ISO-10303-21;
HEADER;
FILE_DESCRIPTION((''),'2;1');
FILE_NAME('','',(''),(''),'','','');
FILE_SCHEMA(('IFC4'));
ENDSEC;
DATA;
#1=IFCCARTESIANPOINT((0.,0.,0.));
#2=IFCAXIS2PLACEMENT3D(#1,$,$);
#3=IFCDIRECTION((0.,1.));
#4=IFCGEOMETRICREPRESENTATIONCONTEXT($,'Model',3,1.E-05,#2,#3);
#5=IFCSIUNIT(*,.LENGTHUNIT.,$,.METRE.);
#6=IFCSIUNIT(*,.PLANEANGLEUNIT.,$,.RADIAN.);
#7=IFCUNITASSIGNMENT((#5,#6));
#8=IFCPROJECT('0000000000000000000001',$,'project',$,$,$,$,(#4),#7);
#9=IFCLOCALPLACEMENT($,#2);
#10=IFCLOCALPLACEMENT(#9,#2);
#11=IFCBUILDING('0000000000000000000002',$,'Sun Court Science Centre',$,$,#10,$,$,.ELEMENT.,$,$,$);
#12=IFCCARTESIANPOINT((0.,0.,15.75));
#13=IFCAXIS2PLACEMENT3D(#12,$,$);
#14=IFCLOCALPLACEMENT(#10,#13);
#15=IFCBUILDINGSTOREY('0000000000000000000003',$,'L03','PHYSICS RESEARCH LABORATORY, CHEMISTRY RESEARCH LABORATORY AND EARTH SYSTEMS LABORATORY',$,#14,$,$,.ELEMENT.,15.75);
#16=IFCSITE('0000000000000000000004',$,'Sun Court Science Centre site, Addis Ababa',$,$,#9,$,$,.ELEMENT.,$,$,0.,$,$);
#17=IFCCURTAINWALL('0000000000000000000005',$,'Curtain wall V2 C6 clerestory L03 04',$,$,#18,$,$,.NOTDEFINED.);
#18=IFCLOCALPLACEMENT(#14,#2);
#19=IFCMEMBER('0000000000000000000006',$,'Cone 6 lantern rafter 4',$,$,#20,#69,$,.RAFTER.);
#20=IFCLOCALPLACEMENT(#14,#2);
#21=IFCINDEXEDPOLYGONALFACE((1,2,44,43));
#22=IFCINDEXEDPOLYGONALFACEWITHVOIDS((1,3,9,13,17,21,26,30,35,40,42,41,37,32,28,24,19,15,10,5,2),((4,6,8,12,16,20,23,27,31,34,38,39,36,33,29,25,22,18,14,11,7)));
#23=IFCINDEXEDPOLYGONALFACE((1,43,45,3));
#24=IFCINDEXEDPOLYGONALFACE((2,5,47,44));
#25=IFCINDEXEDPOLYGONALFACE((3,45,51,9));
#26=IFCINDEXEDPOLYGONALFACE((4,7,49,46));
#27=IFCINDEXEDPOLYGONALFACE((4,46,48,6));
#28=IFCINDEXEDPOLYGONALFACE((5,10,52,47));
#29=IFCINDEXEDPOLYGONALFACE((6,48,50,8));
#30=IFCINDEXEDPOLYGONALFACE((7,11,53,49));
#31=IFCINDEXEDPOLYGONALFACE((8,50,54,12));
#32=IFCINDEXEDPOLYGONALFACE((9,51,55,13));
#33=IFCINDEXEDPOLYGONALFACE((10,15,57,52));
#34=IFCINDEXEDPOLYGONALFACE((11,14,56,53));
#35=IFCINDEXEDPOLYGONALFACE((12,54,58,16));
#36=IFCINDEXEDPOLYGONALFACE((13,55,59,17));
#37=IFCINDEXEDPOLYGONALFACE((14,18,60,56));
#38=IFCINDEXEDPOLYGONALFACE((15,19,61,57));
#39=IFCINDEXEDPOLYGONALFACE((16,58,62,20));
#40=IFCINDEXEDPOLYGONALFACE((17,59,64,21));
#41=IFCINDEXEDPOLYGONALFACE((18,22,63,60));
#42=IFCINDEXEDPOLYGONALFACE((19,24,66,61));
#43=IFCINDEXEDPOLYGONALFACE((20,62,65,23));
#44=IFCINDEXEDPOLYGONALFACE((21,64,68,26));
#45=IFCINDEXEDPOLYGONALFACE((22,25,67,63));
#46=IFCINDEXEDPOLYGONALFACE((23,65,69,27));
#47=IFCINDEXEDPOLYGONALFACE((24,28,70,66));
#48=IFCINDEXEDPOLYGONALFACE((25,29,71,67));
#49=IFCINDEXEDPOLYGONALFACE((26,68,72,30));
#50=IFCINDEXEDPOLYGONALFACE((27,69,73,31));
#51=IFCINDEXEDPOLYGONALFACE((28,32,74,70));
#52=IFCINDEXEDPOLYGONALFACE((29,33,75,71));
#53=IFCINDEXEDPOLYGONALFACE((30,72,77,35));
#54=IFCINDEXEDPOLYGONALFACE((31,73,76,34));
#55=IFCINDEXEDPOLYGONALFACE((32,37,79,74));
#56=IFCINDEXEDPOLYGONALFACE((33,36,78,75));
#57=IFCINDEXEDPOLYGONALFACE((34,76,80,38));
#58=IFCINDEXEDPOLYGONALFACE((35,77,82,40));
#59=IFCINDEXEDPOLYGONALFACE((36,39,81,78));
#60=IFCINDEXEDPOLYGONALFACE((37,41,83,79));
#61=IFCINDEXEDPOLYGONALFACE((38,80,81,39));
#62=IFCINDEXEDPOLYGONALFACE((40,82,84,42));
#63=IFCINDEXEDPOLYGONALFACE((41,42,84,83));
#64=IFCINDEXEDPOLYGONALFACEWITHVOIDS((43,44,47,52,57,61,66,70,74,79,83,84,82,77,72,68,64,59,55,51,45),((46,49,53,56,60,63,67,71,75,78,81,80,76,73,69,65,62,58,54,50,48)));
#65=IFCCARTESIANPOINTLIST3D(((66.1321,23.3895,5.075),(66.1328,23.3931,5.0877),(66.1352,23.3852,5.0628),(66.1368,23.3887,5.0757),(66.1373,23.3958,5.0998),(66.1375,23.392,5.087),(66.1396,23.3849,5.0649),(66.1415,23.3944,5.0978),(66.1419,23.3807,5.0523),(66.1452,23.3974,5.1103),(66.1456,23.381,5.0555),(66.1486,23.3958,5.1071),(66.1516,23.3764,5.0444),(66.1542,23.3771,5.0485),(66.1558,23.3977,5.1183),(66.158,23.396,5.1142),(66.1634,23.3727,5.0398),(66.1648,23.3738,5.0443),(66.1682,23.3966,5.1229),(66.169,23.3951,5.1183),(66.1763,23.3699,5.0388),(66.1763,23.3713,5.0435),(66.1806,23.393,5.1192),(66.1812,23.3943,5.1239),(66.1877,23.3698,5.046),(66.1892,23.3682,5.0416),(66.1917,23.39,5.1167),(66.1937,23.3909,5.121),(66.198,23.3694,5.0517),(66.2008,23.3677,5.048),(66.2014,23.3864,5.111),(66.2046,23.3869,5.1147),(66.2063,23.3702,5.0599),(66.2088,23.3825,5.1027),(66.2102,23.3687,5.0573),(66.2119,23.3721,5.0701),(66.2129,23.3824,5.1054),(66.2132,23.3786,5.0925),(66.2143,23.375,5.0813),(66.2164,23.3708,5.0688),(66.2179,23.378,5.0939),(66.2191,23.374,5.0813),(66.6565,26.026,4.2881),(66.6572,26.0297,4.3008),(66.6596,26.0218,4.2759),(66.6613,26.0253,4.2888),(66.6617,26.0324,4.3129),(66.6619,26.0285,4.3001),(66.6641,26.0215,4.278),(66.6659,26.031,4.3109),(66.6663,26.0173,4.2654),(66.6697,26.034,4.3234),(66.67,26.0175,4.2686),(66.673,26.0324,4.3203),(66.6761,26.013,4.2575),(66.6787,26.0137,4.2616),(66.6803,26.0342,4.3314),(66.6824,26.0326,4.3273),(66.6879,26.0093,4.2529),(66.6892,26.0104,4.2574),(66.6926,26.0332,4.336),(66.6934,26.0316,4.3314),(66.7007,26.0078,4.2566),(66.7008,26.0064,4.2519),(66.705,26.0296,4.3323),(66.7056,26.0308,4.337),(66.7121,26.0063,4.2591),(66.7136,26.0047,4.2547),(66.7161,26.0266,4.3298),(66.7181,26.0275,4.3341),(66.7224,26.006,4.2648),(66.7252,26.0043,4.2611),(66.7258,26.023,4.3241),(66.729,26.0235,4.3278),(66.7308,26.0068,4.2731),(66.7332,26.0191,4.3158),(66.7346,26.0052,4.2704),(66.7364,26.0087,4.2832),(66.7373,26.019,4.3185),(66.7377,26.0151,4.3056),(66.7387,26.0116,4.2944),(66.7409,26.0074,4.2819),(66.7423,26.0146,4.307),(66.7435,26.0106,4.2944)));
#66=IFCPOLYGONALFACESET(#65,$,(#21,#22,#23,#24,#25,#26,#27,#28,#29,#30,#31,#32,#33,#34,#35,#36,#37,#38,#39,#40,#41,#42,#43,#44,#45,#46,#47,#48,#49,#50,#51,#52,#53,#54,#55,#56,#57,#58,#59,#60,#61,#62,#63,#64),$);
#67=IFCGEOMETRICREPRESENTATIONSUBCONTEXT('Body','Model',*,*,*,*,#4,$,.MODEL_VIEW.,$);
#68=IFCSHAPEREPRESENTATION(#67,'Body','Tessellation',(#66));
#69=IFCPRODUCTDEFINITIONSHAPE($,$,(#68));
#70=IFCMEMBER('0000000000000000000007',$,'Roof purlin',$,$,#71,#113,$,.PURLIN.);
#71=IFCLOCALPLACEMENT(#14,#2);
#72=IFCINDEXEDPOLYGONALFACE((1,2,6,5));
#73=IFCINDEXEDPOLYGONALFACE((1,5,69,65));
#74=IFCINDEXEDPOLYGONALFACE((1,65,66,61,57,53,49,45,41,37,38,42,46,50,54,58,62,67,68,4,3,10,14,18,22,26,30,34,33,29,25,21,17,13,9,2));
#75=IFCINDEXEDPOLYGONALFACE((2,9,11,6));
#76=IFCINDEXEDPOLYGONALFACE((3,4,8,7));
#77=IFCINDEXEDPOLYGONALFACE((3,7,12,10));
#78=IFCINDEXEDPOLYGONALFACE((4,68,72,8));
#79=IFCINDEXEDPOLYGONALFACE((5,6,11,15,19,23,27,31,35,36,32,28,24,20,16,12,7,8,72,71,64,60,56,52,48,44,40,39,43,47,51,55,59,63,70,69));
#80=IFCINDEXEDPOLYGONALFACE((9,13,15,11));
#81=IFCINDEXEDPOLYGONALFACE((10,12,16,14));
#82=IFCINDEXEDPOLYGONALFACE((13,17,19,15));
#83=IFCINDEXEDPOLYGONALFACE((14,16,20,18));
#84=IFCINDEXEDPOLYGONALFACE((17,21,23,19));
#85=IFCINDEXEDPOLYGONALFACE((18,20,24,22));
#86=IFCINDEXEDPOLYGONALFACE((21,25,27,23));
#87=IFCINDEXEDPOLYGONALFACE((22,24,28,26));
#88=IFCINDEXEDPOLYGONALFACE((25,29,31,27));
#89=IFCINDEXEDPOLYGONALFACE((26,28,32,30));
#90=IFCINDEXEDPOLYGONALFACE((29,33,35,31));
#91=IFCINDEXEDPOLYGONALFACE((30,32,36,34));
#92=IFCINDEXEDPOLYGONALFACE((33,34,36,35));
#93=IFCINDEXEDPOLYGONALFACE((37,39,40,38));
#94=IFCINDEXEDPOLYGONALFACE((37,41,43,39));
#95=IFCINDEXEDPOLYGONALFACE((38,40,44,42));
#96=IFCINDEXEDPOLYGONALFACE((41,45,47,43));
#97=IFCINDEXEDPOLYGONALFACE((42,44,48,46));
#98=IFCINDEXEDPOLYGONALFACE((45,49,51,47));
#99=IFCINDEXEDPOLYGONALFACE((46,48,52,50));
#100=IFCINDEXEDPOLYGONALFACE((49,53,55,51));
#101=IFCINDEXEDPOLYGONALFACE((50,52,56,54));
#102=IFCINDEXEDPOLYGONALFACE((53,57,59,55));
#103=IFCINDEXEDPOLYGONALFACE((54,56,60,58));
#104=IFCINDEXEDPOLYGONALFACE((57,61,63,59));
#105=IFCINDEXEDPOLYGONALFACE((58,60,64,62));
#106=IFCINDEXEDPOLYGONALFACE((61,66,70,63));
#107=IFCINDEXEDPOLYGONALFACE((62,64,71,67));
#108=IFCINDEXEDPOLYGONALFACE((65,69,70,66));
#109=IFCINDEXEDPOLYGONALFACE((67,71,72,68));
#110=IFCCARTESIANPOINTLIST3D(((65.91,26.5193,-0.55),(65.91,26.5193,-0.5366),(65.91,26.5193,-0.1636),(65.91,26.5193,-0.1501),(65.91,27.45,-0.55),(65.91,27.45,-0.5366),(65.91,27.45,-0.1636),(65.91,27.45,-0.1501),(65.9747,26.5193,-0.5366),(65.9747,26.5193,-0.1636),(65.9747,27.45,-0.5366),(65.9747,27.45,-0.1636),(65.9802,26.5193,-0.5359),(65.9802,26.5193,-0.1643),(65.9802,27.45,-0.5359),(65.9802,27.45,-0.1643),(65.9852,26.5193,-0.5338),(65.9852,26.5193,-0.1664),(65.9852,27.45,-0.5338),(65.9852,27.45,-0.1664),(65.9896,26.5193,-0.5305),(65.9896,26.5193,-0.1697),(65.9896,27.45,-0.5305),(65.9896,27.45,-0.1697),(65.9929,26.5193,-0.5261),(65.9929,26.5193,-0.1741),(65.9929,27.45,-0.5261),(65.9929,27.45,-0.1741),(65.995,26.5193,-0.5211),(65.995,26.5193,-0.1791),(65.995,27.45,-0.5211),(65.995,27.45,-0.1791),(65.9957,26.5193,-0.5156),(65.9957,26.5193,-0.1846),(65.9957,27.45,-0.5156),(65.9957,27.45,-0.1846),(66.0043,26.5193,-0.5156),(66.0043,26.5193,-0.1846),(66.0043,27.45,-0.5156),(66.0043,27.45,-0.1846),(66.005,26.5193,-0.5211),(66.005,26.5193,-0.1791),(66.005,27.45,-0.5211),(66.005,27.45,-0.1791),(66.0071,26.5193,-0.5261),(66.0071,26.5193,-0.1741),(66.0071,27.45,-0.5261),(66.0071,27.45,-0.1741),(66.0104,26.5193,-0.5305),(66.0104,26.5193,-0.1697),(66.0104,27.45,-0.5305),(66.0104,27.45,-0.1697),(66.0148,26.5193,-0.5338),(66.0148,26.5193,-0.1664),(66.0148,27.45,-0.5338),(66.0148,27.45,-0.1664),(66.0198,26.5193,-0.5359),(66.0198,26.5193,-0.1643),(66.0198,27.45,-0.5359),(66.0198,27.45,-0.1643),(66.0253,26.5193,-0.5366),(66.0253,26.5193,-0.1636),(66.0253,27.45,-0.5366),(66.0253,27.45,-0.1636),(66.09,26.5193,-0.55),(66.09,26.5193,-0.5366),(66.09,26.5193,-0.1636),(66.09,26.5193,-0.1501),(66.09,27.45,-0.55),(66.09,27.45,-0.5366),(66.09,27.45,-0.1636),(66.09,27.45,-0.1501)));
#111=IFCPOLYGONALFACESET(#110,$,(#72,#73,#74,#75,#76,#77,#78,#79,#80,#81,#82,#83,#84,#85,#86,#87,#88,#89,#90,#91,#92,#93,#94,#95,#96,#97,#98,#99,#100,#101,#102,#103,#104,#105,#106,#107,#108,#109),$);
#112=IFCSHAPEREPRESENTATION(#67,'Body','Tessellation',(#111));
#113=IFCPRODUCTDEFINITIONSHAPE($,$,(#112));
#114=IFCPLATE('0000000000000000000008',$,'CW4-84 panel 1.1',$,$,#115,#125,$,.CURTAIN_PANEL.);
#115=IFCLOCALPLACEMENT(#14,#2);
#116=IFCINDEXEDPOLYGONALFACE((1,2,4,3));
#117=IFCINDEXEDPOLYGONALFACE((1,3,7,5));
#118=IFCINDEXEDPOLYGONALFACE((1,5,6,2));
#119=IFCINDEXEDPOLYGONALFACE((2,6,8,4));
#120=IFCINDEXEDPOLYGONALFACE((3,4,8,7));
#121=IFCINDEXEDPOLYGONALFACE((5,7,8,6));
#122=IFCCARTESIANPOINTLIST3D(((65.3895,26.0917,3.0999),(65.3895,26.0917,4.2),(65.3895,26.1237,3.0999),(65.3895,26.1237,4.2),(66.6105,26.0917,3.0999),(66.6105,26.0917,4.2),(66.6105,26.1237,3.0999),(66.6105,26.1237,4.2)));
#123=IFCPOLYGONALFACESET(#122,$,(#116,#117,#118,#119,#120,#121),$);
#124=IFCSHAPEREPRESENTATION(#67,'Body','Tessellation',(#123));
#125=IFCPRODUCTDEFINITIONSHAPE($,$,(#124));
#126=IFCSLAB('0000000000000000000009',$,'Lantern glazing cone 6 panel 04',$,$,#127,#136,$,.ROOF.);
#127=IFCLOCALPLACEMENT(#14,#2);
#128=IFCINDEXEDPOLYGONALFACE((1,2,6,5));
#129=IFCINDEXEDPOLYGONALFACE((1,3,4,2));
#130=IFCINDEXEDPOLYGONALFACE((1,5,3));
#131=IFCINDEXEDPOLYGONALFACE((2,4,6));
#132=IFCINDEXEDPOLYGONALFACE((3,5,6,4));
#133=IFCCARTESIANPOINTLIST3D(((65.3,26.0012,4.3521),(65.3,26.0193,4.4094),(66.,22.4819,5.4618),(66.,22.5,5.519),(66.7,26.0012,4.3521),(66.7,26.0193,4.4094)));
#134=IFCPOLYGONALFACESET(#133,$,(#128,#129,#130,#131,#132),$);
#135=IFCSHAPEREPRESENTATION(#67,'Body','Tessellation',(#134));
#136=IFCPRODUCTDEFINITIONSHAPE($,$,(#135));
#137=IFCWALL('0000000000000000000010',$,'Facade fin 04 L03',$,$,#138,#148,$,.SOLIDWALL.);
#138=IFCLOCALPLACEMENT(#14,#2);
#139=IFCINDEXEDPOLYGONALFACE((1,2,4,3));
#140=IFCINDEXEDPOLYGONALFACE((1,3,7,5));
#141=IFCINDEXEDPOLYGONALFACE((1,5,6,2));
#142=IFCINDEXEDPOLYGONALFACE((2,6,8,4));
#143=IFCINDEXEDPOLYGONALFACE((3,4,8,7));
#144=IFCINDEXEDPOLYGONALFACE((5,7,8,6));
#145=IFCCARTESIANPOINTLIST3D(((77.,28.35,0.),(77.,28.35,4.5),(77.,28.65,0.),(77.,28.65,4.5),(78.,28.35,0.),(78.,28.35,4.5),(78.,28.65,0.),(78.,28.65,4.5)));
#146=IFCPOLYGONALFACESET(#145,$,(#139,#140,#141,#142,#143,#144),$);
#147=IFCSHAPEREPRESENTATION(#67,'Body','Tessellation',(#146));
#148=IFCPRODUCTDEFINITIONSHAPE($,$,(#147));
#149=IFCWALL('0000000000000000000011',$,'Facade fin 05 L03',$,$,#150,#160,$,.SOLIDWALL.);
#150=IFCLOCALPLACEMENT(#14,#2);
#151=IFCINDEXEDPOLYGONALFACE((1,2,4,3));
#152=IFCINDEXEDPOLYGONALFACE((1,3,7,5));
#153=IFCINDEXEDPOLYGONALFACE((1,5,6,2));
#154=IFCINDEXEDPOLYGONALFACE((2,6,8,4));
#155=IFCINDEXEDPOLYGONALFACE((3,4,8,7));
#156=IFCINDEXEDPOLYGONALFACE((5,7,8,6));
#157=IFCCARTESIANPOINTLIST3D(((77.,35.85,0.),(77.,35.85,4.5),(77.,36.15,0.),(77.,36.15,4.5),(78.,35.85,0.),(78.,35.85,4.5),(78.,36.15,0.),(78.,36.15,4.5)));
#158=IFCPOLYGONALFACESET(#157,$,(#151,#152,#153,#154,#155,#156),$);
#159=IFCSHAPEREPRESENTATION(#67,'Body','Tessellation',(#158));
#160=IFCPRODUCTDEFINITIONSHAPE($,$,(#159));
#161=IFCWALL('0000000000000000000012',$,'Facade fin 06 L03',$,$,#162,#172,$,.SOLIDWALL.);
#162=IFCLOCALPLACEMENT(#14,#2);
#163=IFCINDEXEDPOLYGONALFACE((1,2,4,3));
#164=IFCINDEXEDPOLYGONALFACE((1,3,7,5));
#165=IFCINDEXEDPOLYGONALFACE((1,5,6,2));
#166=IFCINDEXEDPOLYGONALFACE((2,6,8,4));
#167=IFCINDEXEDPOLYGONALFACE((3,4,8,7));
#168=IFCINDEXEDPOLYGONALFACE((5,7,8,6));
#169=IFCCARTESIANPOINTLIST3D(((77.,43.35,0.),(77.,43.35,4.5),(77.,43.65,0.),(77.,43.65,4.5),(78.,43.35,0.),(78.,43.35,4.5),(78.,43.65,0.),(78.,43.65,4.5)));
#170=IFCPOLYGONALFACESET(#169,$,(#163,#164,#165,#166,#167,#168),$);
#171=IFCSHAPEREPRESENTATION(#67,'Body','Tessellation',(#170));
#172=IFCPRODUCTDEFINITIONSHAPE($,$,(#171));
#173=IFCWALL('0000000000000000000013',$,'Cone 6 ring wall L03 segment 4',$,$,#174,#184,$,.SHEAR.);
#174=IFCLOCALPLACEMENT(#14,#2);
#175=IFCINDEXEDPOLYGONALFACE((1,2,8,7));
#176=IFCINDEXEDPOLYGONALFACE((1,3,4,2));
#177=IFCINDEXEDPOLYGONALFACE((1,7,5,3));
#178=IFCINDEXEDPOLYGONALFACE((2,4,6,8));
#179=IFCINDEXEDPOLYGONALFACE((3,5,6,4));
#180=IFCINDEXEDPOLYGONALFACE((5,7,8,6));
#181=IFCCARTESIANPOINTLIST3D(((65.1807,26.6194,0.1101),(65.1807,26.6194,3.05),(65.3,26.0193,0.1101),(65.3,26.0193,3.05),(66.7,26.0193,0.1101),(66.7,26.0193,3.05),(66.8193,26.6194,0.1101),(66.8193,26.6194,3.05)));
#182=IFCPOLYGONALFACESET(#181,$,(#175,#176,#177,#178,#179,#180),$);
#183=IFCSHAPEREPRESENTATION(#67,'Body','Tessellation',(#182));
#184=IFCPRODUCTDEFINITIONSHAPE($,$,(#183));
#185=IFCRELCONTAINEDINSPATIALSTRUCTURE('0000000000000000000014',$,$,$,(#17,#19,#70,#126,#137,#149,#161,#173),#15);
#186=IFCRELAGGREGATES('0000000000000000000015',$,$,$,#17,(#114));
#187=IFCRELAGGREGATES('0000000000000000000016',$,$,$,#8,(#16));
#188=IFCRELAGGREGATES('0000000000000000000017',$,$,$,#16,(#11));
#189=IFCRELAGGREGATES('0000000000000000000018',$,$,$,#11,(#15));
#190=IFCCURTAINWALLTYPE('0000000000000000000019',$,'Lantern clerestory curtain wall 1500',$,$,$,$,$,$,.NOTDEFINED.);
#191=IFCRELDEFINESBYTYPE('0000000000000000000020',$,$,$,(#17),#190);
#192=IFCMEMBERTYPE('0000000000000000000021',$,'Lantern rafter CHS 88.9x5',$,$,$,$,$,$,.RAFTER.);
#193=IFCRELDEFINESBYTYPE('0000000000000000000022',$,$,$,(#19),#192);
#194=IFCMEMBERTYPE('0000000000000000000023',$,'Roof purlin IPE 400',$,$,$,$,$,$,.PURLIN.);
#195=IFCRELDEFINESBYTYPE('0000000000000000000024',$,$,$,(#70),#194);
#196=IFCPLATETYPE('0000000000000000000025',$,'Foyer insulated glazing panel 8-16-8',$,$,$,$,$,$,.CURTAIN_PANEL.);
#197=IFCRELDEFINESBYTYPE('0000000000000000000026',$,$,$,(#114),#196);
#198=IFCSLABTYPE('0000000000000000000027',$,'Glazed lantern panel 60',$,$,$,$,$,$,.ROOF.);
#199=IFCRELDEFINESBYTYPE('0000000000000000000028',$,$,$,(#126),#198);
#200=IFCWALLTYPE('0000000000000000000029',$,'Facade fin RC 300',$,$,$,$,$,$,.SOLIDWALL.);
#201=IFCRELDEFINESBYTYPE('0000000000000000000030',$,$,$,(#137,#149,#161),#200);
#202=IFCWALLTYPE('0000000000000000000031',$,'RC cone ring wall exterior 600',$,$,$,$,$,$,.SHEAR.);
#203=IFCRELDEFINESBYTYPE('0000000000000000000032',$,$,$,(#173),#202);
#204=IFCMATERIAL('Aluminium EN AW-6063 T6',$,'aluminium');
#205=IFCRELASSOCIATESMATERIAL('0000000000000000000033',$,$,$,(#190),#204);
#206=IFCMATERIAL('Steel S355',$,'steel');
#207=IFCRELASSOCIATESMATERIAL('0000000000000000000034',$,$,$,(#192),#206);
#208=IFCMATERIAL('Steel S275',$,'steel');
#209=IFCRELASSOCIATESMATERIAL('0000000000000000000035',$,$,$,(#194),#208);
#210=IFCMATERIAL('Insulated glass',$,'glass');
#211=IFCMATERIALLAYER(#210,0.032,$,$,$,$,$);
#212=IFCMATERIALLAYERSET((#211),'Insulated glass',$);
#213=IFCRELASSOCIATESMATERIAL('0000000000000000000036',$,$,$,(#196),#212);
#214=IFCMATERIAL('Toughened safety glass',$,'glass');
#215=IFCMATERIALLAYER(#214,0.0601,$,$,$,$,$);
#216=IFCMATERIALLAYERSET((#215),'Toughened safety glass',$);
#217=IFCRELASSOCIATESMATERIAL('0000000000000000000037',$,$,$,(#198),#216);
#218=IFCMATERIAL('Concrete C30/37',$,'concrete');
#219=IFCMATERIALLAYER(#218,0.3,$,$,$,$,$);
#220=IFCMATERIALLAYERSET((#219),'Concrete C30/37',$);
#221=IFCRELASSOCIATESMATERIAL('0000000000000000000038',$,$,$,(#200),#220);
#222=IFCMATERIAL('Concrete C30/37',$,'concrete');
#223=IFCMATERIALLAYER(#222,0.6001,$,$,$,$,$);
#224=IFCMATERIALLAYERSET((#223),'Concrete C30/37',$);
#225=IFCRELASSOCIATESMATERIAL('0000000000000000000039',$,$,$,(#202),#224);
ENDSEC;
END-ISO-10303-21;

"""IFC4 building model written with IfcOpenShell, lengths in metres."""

from ifc_helpers import new_model, si_unit, direction, frame, frame_2d, origin, origin_2d, place, context, subcontext, project, spatial, polyline, rectangle, hollow_circle, i_section, outline, extrude, material, layer, layer_set, material_profile, profile_set, type_object, element, aggregate, save


model = new_model("IFC4")

# Units and contexts
model_context = context("Model", 3, precision=1e-05, world=origin(), true_north=direction((0.0, 1.0)))
body_context = subcontext(model_context, "Body", "Model", "MODEL_VIEW")
ifc_project = project(units=[si_unit("LENGTHUNIT", "METRE"), si_unit("PLANEANGLEUNIT", "RADIAN")], contexts=[model_context])

# Site, building, storey
site_placement = place(None, origin())
site = spatial("IfcSite", under=ifc_project, at=site_placement, Name="Sun Court Science Centre site, Addis Ababa", CompositionType="ELEMENT", RefElevation=0.0)
building_placement = place(site_placement, origin())
building = spatial("IfcBuilding", under=site, at=building_placement, Name="Sun Court Science Centre", CompositionType="ELEMENT")
storey_placement = place(building_placement, frame((0.0, 0.0, 15.75)))
storey = spatial("IfcBuildingStorey", under=building, at=storey_placement, Name="L03", Description="PHYSICS RESEARCH LABORATORY, CHEMISTRY RESEARCH LABORATORY AND EARTH SYSTEMS LABORATORY", CompositionType="ELEMENT", Elevation=15.75)

# Shared definitions
ifc_material_1 = material(Name="Aluminium EN AW-6063 T6", Category="aluminium")
curtain_wall_type = type_object("IfcCurtainWallType", Name="Lantern clerestory curtain wall 1500", PredefinedType="NOTDEFINED", material=ifc_material_1)

# Curtain wall
curtain_wall_1_placement = place(storey_placement, origin())
curtain_wall_1 = element("IfcCurtainWall", 1, at=curtain_wall_1_placement, inside=storey, type_object=curtain_wall_type, Name="Curtain wall V2 C6 clerestory L03 04", PredefinedType="NOTDEFINED")

# Members
ifc_material_2 = material(Name="Steel S355", Category="steel")
ifc_material_profile_1 = material_profile(ifc_material_2, hollow_circle(Radius=0.0444, WallThickness=0.0049, at=origin_2d()), Name="CHS 88.9x5")
ifc_profile_set_1 = profile_set([ifc_material_profile_1], Name="Steel S355")
member_type_1 = type_object("IfcMemberType", Name="Lantern rafter CHS 88.9x5", PredefinedType="RAFTER", material=ifc_profile_set_1)
member_1_placement = place(storey_placement, frame((66.7, 26.0193, 4.2944), z_axis=(-0.187229, -0.941288, 0.280931), x_axis=(0.980786, -0.195086, 0.0)))
element("IfcMember", 2, at=member_1_placement, inside=storey, type_object=member_type_1, Name="Cone 6 lantern rafter 4", PredefinedType="RAFTER", context=body_context, shape_type="SweptSolid", body=[
    extrude(hollow_circle(Radius=0.0444, WallThickness=0.0049, at=origin_2d()), origin(), (0.0, 0.0, 1.0), 2.801),
])
ifc_material_3 = material(Name="Steel S275", Category="steel")
ifc_material_profile_2 = material_profile(ifc_material_3, i_section(OverallWidth=0.1799, OverallDepth=0.3999, WebThickness=0.0085, FlangeThickness=0.0134, FilletRadius=0.021, at=origin_2d()), Name="IPE 400")
ifc_profile_set_2 = profile_set([ifc_material_profile_2], Name="Steel S275")
member_type_2 = type_object("IfcMemberType", Name="Roof purlin IPE 400", PredefinedType="PURLIN", material=ifc_profile_set_2)
member_2_placement = place(storey_placement, frame((66.0, 26.5193, -0.3501), z_axis=(0.0, 1.0, 0.0), x_axis=(-1.0, 0.0, 0.0)))
element("IfcMember", 3, at=member_2_placement, inside=storey, type_object=member_type_2, Name="Roof purlin", PredefinedType="PURLIN", context=body_context, shape_type="SweptSolid", body=[
    extrude(i_section(OverallWidth=0.1799, OverallDepth=0.3999, WebThickness=0.0085, FlangeThickness=0.0134, FilletRadius=0.021, at=origin_2d()), origin(), (0.0, 0.0, 1.0), 0.9307),
])

# Plate
ifc_material_4 = material(Name="Insulated glass", Category="glass")
ifc_layer_1 = layer(ifc_material_4, 0.032)
ifc_layer_set_1 = layer_set([ifc_layer_1], Name="Insulated glass")
plate_type = type_object("IfcPlateType", Name="Foyer insulated glazing panel 8-16-8", PredefinedType="CURTAIN_PANEL", material=ifc_layer_set_1)
plate_placement = place(storey_placement, frame((66.0, 26.1077, 3.0999), z_axis=(0.0, 0.0, 1.0), x_axis=(1.0, 0.0, 0.0)))
plate = element("IfcPlate", 4, at=plate_placement, type_object=plate_type, Name="CW4-84 panel 1.1", PredefinedType="CURTAIN_PANEL", context=body_context, shape_type="SweptSolid", body=[
    extrude(rectangle(XDim=1.2209, YDim=0.032, at=origin_2d()), origin(), (0.0, 0.0, 1.0), 1.1001),
])
aggregate(curtain_wall_1, [plate])

# Slab
ifc_material_5 = material(Name="Toughened safety glass", Category="glass")
ifc_layer_2 = layer(ifc_material_5, 0.0601)
ifc_layer_set_2 = layer_set([ifc_layer_2], Name="Toughened safety glass")
slab_type = type_object("IfcSlabType", Name="Glazed lantern panel 60", PredefinedType="ROOF", material=ifc_layer_set_2)
slab_placement = place(storey_placement, frame((66.7, 26.0193, 4.4094), z_axis=(0.0, 0.300704, 0.953718), x_axis=(-1.0, 0.0, 0.0)))
element("IfcSlab", 5, at=slab_placement, inside=storey, type_object=slab_type, Name="Lantern glazing cone 6 panel 04", PredefinedType="ROOF", context=body_context, shape_type="SweptSolid", body=[
    extrude(outline(polyline([(0.0, 0.0), (1.3999, 0.0), (0.7, 3.6901), (0.0, 0.0)])), origin(), (0.0, 0.0, -1.0), 0.0601),
])

# Walls
ifc_material_6 = material(Name="Concrete C30/37", Category="concrete")
ifc_layer_3 = layer(ifc_material_6, 0.3)
ifc_layer_set_3 = layer_set([ifc_layer_3], Name="Concrete C30/37")
wall_type_1 = type_object("IfcWallType", Name="Facade fin RC 300", PredefinedType="SOLIDWALL", material=ifc_layer_set_3)
for number, where, z_axis, x_axis, name in (
    (6, (77.0, 28.5, 0.0), (0.0, 0.0, 1.0), (1.0, 0.0, 0.0), "Facade fin 04 L03"),
    (7, (77.0, 36.0, 0.0), (0.0, 0.0, 1.0), (1.0, 0.0, 0.0), "Facade fin 05 L03"),
    (8, (77.0, 43.5, 0.0), (0.0, 0.0, 1.0), (1.0, 0.0, 0.0), "Facade fin 06 L03"),
):
    element("IfcWall", number, at=place(storey_placement, frame(where, z_axis=z_axis, x_axis=x_axis)), inside=storey, type_object=wall_type_1, Name=name, PredefinedType="SOLIDWALL", context=body_context, shape_type="SweptSolid", body=[
        extrude(rectangle(XDim=1.0, YDim=0.3, at=frame_2d((0.5, 0.0))), origin(), (0.0, 0.0, 1.0), 4.5),
    ])
ifc_material_7 = material(Name="Concrete C30/37", Category="concrete")
ifc_layer_4 = layer(ifc_material_7, 0.6001)
ifc_layer_set_4 = layer_set([ifc_layer_4], Name="Concrete C30/37")
wall_type_2 = type_object("IfcWallType", Name="RC cone ring wall exterior 600", PredefinedType="SHEAR", material=ifc_layer_set_4)
wall_1_placement = place(storey_placement, frame((66.8193, 26.3193, 0.1101), z_axis=(0.0, 0.0, 1.0), x_axis=(-1.0, 0.0, 0.0)))
element("IfcWall", 9, at=wall_1_placement, inside=storey, type_object=wall_type_2, Name="Cone 6 ring wall L03 segment 4", PredefinedType="SHEAR", context=body_context, shape_type="SweptSolid", body=[
    extrude(outline(polyline([(0.0, -0.3), (1.6387, -0.3), (1.5193, 0.3), (0.1194, 0.3), (0.0, -0.3)])), origin(), (0.0, 0.0, 1.0), 2.9399),
])

save(model, "model.ifc")
